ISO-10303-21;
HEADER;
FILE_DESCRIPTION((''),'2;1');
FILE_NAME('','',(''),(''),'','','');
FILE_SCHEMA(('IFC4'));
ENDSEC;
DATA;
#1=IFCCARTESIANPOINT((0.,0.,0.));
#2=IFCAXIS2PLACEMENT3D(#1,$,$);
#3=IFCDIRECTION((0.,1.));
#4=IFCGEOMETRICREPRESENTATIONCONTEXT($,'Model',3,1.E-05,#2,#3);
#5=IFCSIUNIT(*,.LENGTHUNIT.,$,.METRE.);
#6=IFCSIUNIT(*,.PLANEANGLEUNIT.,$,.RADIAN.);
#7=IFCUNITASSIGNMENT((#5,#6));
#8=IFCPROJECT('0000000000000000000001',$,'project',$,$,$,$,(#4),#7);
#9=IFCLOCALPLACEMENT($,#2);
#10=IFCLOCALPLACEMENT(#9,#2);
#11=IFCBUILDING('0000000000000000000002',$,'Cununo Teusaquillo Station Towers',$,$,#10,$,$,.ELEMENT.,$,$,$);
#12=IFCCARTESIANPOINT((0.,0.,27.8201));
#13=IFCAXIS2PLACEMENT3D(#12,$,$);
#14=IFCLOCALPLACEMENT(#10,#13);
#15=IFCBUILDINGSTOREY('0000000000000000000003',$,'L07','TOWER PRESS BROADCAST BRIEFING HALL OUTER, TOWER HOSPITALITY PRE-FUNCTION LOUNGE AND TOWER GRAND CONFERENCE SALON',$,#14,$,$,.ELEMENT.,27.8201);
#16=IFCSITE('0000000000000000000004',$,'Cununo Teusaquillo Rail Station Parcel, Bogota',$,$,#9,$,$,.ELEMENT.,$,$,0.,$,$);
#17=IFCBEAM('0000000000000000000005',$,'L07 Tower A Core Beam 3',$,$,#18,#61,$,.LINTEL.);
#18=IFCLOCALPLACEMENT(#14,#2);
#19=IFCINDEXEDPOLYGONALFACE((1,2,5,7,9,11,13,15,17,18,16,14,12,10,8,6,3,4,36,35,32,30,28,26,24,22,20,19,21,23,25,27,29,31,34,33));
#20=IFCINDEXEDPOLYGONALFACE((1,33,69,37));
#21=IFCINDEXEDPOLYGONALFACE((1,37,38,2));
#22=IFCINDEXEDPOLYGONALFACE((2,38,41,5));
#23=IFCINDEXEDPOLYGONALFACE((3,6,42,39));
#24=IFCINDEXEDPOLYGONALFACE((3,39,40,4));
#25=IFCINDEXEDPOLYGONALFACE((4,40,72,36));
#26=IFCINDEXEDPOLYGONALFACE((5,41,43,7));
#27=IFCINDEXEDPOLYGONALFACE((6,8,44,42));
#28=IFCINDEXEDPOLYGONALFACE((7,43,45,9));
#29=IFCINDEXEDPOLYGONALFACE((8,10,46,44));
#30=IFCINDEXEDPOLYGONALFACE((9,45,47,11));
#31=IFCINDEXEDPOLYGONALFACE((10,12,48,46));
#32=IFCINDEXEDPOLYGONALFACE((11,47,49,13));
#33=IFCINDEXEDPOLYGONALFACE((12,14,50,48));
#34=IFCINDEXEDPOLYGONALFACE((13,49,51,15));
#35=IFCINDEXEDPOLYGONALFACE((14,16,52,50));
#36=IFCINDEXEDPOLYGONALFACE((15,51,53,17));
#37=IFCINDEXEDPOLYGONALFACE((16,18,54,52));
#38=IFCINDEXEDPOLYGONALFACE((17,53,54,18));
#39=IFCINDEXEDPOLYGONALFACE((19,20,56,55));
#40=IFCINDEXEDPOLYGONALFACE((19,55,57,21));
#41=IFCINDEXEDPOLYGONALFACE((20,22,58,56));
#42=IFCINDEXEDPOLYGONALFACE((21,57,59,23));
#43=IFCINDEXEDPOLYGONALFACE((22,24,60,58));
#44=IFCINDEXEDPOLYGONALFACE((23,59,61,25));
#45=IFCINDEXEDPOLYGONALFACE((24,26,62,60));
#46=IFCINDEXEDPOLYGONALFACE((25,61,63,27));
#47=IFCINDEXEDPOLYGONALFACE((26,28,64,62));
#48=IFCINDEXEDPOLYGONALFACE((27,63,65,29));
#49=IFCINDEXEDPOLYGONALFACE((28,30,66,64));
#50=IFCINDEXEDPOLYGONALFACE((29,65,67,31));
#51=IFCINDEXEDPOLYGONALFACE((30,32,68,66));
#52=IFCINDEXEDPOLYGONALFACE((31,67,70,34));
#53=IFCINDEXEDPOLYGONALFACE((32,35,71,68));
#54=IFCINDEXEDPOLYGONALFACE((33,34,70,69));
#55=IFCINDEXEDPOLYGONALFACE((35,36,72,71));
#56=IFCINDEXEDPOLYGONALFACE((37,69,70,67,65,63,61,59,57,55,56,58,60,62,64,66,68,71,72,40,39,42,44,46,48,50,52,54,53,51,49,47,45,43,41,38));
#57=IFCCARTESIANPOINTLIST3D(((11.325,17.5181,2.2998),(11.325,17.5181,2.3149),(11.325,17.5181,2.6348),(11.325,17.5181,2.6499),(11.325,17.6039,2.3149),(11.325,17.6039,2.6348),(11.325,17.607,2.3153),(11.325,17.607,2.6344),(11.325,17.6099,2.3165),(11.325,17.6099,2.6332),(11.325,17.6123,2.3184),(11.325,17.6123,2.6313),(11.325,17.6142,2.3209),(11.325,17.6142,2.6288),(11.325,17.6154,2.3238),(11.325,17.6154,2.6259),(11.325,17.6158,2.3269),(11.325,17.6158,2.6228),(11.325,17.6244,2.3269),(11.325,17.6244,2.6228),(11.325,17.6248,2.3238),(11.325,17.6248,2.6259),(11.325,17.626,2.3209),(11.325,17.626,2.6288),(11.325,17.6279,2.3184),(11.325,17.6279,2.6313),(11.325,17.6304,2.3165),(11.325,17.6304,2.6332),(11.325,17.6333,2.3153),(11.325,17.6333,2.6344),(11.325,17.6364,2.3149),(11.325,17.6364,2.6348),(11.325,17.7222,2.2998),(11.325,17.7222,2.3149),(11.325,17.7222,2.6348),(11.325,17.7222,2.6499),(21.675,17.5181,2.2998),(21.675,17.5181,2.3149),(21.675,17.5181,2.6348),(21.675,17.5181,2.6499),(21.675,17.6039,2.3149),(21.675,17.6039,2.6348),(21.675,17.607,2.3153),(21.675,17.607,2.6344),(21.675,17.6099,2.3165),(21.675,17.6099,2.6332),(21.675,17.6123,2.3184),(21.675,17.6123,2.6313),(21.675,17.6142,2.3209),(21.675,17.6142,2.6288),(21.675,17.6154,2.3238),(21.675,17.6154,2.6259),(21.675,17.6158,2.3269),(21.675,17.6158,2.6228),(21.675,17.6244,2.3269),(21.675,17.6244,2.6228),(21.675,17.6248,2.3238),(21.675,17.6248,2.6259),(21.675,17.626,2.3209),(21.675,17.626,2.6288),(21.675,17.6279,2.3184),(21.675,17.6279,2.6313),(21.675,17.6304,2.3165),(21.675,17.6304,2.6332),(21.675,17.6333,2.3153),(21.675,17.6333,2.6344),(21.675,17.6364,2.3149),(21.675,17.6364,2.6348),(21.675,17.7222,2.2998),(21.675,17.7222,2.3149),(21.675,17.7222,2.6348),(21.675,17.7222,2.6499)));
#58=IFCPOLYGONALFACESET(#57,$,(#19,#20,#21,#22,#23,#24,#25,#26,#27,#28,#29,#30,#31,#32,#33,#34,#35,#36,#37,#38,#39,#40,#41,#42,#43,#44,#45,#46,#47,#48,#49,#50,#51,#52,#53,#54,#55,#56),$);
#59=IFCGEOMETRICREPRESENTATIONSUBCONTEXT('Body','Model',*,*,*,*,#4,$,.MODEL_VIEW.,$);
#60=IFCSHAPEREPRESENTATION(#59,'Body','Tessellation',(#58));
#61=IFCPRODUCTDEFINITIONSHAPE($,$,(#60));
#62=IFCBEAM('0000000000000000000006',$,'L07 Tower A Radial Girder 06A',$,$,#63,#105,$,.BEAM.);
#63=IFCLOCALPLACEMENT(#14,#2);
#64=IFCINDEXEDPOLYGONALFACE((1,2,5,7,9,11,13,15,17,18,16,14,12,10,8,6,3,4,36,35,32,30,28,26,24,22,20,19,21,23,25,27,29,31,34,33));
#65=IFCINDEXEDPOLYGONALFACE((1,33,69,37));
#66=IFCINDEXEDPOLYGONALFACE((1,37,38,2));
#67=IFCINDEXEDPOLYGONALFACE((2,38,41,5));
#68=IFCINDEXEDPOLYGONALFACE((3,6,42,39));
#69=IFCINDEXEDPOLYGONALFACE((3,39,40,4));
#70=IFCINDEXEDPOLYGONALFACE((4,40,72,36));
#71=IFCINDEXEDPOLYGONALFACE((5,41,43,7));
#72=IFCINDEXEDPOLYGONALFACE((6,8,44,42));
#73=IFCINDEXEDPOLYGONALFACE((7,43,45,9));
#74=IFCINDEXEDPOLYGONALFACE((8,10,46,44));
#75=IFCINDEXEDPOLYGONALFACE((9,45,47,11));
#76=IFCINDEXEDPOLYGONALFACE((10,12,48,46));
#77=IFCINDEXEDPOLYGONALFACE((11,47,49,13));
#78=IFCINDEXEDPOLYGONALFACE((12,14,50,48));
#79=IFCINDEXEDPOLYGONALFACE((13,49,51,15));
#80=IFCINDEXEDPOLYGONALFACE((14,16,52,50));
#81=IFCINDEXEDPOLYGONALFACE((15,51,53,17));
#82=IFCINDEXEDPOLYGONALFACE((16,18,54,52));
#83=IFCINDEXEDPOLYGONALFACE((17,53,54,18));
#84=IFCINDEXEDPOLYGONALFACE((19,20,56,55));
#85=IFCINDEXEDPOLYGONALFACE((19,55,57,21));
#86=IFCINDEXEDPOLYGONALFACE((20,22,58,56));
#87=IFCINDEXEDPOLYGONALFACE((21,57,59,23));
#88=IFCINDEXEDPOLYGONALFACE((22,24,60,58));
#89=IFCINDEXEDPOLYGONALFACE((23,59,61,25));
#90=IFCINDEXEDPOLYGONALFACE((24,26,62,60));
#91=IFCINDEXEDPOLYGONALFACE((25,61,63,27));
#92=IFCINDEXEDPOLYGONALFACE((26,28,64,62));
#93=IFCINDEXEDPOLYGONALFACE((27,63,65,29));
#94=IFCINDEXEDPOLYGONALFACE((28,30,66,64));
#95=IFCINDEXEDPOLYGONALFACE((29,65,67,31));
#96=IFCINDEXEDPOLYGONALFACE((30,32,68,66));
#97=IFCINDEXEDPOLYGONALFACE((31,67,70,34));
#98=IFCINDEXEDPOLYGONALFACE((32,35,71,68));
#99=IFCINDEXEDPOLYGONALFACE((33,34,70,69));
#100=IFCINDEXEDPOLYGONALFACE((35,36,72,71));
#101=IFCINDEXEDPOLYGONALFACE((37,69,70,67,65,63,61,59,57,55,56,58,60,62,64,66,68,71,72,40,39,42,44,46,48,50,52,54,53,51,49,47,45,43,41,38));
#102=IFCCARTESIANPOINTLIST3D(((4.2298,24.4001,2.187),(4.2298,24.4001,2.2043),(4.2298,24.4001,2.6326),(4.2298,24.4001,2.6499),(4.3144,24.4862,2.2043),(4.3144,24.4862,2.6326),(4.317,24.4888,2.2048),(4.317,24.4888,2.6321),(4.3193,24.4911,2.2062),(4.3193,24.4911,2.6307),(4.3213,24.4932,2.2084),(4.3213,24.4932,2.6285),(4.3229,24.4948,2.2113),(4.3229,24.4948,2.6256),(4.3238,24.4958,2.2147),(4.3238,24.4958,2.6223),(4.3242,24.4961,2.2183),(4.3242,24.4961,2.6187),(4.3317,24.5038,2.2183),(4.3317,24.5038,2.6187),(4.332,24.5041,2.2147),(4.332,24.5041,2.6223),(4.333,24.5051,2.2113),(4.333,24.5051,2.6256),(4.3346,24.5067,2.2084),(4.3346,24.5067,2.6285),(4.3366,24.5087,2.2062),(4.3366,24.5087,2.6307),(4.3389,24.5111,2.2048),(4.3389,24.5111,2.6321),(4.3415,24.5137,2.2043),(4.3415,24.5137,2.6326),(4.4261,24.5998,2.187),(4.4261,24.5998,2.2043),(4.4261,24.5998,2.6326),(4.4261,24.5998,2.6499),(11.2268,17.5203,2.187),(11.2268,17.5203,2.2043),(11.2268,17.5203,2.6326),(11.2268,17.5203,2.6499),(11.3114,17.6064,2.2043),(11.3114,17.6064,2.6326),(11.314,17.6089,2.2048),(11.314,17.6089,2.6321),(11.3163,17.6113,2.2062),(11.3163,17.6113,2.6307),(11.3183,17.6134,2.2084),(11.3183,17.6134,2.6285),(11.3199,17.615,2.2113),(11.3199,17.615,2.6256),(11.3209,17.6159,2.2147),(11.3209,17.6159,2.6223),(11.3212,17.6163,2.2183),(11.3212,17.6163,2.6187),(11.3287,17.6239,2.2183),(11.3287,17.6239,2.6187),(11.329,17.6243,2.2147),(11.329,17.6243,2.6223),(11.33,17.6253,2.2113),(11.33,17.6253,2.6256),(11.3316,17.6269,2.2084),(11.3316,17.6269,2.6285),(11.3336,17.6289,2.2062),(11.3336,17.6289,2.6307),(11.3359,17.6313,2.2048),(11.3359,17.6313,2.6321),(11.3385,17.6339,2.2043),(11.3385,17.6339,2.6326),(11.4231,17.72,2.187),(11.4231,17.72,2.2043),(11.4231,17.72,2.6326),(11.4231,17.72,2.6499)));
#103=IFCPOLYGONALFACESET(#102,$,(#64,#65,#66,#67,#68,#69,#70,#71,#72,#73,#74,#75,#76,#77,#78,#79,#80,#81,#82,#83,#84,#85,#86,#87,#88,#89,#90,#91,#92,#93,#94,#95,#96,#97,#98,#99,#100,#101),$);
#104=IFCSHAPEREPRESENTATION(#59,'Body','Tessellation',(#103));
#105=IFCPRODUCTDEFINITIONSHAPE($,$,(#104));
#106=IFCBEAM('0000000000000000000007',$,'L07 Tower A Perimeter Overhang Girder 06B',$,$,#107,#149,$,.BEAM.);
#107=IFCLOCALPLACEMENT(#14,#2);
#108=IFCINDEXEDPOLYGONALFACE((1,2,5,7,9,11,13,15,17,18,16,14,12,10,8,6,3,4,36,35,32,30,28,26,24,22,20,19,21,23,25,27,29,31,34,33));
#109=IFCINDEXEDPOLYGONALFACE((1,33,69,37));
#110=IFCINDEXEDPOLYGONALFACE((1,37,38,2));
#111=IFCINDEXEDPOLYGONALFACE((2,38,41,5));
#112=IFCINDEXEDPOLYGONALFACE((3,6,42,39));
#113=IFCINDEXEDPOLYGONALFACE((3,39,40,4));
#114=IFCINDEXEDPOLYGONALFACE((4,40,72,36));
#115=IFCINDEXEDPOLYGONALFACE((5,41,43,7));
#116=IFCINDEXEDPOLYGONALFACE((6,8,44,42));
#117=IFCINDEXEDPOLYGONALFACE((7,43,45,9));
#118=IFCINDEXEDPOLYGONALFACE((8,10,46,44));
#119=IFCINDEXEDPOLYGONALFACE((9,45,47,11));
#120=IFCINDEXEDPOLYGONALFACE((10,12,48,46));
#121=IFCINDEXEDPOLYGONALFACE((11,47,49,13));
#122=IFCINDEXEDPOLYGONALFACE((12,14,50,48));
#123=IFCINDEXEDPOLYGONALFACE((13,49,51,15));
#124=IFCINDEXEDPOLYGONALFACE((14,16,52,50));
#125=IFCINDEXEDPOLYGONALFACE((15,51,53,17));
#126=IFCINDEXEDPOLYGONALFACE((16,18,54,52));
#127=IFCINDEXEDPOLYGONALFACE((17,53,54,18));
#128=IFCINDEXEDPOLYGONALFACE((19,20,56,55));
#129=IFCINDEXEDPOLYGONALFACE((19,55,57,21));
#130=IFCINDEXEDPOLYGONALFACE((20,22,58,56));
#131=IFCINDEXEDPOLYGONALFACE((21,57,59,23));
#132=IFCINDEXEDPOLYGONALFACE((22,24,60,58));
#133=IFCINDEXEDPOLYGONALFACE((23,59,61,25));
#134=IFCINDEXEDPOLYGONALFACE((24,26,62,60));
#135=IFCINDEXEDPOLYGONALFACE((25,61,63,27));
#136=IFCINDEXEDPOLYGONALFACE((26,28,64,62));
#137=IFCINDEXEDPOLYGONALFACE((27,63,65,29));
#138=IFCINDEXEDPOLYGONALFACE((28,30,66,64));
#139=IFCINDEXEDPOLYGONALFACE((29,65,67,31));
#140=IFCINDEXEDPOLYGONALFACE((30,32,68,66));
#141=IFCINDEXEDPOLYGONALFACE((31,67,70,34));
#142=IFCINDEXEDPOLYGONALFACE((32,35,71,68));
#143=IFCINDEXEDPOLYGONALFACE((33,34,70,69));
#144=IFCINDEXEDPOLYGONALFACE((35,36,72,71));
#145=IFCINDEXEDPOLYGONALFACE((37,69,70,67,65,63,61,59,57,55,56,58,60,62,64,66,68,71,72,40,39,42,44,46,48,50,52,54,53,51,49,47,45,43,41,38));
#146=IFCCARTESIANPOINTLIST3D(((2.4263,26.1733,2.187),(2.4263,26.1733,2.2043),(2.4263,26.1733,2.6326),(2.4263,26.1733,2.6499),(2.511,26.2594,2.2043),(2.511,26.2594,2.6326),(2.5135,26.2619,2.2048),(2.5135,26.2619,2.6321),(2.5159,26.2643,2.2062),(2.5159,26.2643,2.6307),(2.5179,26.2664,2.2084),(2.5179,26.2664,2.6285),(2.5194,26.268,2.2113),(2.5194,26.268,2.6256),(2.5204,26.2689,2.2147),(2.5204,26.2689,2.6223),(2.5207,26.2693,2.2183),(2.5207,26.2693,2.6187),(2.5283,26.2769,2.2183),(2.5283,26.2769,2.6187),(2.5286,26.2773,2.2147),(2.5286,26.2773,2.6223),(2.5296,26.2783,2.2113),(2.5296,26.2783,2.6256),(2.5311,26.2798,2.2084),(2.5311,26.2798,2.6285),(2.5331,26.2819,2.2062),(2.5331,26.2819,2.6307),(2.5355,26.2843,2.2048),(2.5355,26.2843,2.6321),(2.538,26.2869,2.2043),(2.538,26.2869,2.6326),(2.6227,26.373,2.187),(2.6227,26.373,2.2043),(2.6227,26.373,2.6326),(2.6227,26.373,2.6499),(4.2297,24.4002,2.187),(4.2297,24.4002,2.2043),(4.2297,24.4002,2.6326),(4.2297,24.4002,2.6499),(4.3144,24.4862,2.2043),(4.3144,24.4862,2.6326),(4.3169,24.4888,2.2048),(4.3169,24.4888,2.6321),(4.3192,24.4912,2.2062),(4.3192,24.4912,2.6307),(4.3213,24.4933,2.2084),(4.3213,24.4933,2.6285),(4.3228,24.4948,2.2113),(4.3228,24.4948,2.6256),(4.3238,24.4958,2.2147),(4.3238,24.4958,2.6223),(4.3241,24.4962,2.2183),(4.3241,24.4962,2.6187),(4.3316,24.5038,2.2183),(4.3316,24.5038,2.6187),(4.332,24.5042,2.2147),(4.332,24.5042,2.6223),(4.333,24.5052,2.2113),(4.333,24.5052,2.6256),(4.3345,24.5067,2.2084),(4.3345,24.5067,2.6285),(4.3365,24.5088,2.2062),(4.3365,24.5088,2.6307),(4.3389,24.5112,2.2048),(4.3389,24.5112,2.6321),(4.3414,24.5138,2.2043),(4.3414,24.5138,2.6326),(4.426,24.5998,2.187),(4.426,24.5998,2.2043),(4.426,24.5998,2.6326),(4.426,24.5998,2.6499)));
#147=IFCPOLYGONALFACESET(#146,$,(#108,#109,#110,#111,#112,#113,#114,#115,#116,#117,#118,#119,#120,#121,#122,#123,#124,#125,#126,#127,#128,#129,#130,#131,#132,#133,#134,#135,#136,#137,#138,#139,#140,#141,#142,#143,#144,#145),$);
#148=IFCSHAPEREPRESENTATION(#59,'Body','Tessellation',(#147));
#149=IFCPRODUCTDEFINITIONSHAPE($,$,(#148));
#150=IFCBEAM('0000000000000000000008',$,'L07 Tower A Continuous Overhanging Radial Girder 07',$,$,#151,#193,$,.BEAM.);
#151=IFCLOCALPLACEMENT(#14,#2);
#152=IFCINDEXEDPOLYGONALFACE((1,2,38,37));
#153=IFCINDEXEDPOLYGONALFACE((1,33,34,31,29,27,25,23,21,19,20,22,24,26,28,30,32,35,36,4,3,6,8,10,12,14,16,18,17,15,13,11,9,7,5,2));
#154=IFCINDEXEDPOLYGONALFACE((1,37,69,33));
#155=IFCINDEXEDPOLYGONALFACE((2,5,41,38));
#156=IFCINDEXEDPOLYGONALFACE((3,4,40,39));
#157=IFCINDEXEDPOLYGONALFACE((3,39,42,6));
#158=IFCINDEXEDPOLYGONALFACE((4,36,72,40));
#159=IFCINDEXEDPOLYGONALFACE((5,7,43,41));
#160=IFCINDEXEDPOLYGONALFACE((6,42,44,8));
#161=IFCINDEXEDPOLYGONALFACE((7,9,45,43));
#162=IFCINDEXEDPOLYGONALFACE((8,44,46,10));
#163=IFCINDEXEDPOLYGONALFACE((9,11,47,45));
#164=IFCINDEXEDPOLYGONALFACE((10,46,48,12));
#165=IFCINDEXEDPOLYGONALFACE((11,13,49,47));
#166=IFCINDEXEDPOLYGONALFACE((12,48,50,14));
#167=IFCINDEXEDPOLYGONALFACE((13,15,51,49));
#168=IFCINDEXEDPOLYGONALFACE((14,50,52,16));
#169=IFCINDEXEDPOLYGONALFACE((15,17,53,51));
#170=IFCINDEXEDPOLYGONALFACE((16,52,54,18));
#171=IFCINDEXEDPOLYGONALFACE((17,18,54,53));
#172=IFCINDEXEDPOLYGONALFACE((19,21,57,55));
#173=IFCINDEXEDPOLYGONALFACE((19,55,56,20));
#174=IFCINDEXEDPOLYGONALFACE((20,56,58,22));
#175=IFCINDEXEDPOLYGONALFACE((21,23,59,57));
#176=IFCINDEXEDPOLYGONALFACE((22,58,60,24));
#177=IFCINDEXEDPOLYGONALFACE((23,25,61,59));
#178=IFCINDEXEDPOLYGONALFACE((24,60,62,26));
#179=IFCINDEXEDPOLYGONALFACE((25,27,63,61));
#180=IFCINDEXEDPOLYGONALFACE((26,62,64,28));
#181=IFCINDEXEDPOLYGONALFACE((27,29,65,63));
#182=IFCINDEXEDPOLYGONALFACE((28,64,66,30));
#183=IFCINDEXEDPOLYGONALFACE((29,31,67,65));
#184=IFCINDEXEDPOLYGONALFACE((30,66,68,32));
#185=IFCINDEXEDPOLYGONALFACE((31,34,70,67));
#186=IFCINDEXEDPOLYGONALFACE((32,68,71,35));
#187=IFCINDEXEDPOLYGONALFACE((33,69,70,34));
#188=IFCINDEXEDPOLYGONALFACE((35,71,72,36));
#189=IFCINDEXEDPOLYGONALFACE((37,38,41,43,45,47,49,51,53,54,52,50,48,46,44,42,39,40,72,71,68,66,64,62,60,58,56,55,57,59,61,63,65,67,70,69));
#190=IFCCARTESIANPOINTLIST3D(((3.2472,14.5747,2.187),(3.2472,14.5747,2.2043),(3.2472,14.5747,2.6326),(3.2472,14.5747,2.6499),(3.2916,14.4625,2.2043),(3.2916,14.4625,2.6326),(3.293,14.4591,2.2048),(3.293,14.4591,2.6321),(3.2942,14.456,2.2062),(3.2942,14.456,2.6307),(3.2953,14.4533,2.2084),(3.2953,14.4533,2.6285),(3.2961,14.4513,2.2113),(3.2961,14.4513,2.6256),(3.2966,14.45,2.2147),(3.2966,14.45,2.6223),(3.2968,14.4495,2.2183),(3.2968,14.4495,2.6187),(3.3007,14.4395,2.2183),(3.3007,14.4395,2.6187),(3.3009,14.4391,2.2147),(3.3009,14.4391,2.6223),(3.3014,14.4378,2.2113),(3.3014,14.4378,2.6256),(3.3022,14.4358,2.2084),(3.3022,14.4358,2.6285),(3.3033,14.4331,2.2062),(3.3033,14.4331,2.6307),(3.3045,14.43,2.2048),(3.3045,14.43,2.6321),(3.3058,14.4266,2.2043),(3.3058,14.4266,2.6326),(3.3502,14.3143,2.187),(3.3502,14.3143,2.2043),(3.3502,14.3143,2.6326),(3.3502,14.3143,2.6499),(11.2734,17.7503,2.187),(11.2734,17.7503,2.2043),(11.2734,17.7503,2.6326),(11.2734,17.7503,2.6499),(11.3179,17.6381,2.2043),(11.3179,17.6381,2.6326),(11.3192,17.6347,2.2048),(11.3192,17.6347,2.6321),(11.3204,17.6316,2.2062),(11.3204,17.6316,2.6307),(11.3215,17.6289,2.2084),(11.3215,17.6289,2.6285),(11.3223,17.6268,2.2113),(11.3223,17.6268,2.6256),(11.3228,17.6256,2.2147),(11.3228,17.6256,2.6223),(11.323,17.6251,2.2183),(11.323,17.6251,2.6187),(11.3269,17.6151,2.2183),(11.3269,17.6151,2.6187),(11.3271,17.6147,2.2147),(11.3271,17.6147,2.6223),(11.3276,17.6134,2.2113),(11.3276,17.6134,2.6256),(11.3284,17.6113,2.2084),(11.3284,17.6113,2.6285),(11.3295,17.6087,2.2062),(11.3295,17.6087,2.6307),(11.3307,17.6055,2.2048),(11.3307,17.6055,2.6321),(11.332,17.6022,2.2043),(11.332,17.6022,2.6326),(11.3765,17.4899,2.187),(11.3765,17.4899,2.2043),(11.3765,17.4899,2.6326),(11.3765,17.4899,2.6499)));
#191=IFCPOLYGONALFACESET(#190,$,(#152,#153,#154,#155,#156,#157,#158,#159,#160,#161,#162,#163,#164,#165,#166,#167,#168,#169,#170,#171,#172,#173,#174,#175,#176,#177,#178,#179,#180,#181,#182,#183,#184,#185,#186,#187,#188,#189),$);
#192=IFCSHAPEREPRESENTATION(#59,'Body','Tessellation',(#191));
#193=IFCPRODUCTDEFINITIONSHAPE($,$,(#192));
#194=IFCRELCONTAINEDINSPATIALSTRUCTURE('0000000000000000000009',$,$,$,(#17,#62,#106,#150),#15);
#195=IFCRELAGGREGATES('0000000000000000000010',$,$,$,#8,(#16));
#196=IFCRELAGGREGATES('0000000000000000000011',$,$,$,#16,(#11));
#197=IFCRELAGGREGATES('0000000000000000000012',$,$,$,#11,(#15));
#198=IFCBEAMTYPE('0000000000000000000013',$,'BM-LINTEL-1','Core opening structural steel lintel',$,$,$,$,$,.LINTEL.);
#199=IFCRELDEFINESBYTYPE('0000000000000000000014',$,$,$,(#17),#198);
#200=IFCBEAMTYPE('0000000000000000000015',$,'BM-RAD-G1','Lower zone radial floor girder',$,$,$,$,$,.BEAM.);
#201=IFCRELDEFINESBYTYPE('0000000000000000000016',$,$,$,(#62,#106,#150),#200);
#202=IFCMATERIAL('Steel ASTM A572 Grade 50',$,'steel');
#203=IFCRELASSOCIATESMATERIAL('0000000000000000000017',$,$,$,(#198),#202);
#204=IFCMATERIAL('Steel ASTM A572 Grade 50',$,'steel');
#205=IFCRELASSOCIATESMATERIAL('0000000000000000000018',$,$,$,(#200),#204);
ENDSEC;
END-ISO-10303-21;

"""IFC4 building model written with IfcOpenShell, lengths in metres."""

from ifc_helpers import new_model, si_unit, direction, frame, origin, origin_2d, place, context, subcontext, project, spatial, i_section, extrude, material, material_profile, profile_set, type_object, element, save


model = new_model("IFC4")

# Units and contexts
model_context = context("Model", 3, precision=1e-05, world=origin(), true_north=direction((0.0, 1.0)))
body_context = subcontext(model_context, "Body", "Model", "MODEL_VIEW")
ifc_project = project(units=[si_unit("LENGTHUNIT", "METRE"), si_unit("PLANEANGLEUNIT", "RADIAN")], contexts=[model_context])

# Site, building, storey
site_placement = place(None, origin())
site = spatial("IfcSite", under=ifc_project, at=site_placement, Name="Cununo Teusaquillo Rail Station Parcel, Bogota", CompositionType="ELEMENT", RefElevation=0.0)
building_placement = place(site_placement, origin())
building = spatial("IfcBuilding", under=site, at=building_placement, Name="Cununo Teusaquillo Station Towers", CompositionType="ELEMENT")
storey_placement = place(building_placement, frame((0.0, 0.0, 27.8201)))
storey = spatial("IfcBuildingStorey", under=building, at=storey_placement, Name="L07", Description="TOWER PRESS BROADCAST BRIEFING HALL OUTER, TOWER HOSPITALITY PRE-FUNCTION LOUNGE AND TOWER GRAND CONFERENCE SALON", CompositionType="ELEMENT", Elevation=27.8201)

# Beams
ifc_material_1 = material(Name="Steel ASTM A572 Grade 50", Category="steel")
ifc_material_profile_1 = material_profile(ifc_material_1, i_section(OverallWidth=0.2041, OverallDepth=0.3501, WebThickness=0.0085, FlangeThickness=0.0151, FilletRadius=0.012, at=origin_2d()), Name="W14X48")
ifc_profile_set_1 = profile_set([ifc_material_profile_1], Name="Steel ASTM A572 Grade 50")
beam_type_1 = type_object("IfcBeamType", Name="BM-LINTEL-1", Description="Core opening structural steel lintel", PredefinedType="LINTEL", material=ifc_profile_set_1)
beam_1_placement = place(storey_placement, frame((11.325, 17.6201, 2.4749), z_axis=(1.0, 0.0, 0.0), x_axis=(0.0, 1.0, 0.0)))
element("IfcBeam", 1, at=beam_1_placement, inside=storey, type_object=beam_type_1, Name="L07 Tower A Core Beam 3", PredefinedType="LINTEL", context=body_context, shape_type="SweptSolid", body=[
    extrude(i_section(OverallWidth=0.2041, OverallDepth=0.3501, WebThickness=0.0085, FlangeThickness=0.0151, FilletRadius=0.012, at=origin_2d()), origin(), (0.0, 0.0, 1.0), 10.3501),
])
ifc_material_2 = material(Name="Steel ASTM A572 Grade 50", Category="steel")
ifc_material_profile_2 = material_profile(ifc_material_2, i_section(OverallWidth=0.28, OverallDepth=0.4629, WebThickness=0.0107, FlangeThickness=0.0173, FilletRadius=0.0139, at=origin_2d()), Name="W18X76")
ifc_profile_set_2 = profile_set([ifc_material_profile_2], Name="Steel ASTM A572 Grade 50")
beam_type_2 = type_object("IfcBeamType", Name="BM-RAD-G1", Description="Lower zone radial floor girder", PredefinedType="BEAM", material=ifc_profile_set_2)
beam_2_placement = place(storey_placement, frame((11.325, 17.6201, 2.4185), z_axis=(-0.713053, 0.70111, 0.0), x_axis=(-0.70111, -0.713053, 0.0)))
element("IfcBeam", 2, at=beam_2_placement, inside=storey, type_object=beam_type_2, Name="L07 Tower A Radial Girder 06A", PredefinedType="BEAM", context=body_context, shape_type="SweptSolid", body=[
    extrude(i_section(OverallWidth=0.28, OverallDepth=0.4629, WebThickness=0.0107, FlangeThickness=0.0173, FilletRadius=0.0139, at=origin_2d()), origin(), (0.0, 0.0, 1.0), 9.8127),
])
beam_3_placement = place(storey_placement, frame((4.3279, 24.5, 2.4185), z_axis=(-0.713066, 0.701097, 0.0), x_axis=(-0.701097, -0.713066, 0.0)))
element("IfcBeam", 3, at=beam_3_placement, inside=storey, type_object=beam_type_2, Name="L07 Tower A Perimeter Overhang Girder 06B", PredefinedType="BEAM", context=body_context, shape_type="SweptSolid", body=[
    extrude(i_section(OverallWidth=0.28, OverallDepth=0.4629, WebThickness=0.0107, FlangeThickness=0.0173, FilletRadius=0.0139, at=origin_2d()), origin(), (0.0, 0.0, 1.0), 2.5291),
])
beam_4_placement = place(storey_placement, frame((11.325, 17.6201, 2.4185), z_axis=(-0.929865, -0.367901, 0.0), x_axis=(0.367901, -0.929865, 0.0)))
element("IfcBeam", 4, at=beam_4_placement, inside=storey, type_object=beam_type_2, Name="L07 Tower A Continuous Overhanging Radial Girder 07", PredefinedType="BEAM", context=body_context, shape_type="SweptSolid", body=[
    extrude(i_section(OverallWidth=0.28, OverallDepth=0.4629, WebThickness=0.0107, FlangeThickness=0.0173, FilletRadius=0.0139, at=origin_2d()), origin(), (0.0, 0.0, 1.0), 8.6316),
])

save(model, "model.ifc")
